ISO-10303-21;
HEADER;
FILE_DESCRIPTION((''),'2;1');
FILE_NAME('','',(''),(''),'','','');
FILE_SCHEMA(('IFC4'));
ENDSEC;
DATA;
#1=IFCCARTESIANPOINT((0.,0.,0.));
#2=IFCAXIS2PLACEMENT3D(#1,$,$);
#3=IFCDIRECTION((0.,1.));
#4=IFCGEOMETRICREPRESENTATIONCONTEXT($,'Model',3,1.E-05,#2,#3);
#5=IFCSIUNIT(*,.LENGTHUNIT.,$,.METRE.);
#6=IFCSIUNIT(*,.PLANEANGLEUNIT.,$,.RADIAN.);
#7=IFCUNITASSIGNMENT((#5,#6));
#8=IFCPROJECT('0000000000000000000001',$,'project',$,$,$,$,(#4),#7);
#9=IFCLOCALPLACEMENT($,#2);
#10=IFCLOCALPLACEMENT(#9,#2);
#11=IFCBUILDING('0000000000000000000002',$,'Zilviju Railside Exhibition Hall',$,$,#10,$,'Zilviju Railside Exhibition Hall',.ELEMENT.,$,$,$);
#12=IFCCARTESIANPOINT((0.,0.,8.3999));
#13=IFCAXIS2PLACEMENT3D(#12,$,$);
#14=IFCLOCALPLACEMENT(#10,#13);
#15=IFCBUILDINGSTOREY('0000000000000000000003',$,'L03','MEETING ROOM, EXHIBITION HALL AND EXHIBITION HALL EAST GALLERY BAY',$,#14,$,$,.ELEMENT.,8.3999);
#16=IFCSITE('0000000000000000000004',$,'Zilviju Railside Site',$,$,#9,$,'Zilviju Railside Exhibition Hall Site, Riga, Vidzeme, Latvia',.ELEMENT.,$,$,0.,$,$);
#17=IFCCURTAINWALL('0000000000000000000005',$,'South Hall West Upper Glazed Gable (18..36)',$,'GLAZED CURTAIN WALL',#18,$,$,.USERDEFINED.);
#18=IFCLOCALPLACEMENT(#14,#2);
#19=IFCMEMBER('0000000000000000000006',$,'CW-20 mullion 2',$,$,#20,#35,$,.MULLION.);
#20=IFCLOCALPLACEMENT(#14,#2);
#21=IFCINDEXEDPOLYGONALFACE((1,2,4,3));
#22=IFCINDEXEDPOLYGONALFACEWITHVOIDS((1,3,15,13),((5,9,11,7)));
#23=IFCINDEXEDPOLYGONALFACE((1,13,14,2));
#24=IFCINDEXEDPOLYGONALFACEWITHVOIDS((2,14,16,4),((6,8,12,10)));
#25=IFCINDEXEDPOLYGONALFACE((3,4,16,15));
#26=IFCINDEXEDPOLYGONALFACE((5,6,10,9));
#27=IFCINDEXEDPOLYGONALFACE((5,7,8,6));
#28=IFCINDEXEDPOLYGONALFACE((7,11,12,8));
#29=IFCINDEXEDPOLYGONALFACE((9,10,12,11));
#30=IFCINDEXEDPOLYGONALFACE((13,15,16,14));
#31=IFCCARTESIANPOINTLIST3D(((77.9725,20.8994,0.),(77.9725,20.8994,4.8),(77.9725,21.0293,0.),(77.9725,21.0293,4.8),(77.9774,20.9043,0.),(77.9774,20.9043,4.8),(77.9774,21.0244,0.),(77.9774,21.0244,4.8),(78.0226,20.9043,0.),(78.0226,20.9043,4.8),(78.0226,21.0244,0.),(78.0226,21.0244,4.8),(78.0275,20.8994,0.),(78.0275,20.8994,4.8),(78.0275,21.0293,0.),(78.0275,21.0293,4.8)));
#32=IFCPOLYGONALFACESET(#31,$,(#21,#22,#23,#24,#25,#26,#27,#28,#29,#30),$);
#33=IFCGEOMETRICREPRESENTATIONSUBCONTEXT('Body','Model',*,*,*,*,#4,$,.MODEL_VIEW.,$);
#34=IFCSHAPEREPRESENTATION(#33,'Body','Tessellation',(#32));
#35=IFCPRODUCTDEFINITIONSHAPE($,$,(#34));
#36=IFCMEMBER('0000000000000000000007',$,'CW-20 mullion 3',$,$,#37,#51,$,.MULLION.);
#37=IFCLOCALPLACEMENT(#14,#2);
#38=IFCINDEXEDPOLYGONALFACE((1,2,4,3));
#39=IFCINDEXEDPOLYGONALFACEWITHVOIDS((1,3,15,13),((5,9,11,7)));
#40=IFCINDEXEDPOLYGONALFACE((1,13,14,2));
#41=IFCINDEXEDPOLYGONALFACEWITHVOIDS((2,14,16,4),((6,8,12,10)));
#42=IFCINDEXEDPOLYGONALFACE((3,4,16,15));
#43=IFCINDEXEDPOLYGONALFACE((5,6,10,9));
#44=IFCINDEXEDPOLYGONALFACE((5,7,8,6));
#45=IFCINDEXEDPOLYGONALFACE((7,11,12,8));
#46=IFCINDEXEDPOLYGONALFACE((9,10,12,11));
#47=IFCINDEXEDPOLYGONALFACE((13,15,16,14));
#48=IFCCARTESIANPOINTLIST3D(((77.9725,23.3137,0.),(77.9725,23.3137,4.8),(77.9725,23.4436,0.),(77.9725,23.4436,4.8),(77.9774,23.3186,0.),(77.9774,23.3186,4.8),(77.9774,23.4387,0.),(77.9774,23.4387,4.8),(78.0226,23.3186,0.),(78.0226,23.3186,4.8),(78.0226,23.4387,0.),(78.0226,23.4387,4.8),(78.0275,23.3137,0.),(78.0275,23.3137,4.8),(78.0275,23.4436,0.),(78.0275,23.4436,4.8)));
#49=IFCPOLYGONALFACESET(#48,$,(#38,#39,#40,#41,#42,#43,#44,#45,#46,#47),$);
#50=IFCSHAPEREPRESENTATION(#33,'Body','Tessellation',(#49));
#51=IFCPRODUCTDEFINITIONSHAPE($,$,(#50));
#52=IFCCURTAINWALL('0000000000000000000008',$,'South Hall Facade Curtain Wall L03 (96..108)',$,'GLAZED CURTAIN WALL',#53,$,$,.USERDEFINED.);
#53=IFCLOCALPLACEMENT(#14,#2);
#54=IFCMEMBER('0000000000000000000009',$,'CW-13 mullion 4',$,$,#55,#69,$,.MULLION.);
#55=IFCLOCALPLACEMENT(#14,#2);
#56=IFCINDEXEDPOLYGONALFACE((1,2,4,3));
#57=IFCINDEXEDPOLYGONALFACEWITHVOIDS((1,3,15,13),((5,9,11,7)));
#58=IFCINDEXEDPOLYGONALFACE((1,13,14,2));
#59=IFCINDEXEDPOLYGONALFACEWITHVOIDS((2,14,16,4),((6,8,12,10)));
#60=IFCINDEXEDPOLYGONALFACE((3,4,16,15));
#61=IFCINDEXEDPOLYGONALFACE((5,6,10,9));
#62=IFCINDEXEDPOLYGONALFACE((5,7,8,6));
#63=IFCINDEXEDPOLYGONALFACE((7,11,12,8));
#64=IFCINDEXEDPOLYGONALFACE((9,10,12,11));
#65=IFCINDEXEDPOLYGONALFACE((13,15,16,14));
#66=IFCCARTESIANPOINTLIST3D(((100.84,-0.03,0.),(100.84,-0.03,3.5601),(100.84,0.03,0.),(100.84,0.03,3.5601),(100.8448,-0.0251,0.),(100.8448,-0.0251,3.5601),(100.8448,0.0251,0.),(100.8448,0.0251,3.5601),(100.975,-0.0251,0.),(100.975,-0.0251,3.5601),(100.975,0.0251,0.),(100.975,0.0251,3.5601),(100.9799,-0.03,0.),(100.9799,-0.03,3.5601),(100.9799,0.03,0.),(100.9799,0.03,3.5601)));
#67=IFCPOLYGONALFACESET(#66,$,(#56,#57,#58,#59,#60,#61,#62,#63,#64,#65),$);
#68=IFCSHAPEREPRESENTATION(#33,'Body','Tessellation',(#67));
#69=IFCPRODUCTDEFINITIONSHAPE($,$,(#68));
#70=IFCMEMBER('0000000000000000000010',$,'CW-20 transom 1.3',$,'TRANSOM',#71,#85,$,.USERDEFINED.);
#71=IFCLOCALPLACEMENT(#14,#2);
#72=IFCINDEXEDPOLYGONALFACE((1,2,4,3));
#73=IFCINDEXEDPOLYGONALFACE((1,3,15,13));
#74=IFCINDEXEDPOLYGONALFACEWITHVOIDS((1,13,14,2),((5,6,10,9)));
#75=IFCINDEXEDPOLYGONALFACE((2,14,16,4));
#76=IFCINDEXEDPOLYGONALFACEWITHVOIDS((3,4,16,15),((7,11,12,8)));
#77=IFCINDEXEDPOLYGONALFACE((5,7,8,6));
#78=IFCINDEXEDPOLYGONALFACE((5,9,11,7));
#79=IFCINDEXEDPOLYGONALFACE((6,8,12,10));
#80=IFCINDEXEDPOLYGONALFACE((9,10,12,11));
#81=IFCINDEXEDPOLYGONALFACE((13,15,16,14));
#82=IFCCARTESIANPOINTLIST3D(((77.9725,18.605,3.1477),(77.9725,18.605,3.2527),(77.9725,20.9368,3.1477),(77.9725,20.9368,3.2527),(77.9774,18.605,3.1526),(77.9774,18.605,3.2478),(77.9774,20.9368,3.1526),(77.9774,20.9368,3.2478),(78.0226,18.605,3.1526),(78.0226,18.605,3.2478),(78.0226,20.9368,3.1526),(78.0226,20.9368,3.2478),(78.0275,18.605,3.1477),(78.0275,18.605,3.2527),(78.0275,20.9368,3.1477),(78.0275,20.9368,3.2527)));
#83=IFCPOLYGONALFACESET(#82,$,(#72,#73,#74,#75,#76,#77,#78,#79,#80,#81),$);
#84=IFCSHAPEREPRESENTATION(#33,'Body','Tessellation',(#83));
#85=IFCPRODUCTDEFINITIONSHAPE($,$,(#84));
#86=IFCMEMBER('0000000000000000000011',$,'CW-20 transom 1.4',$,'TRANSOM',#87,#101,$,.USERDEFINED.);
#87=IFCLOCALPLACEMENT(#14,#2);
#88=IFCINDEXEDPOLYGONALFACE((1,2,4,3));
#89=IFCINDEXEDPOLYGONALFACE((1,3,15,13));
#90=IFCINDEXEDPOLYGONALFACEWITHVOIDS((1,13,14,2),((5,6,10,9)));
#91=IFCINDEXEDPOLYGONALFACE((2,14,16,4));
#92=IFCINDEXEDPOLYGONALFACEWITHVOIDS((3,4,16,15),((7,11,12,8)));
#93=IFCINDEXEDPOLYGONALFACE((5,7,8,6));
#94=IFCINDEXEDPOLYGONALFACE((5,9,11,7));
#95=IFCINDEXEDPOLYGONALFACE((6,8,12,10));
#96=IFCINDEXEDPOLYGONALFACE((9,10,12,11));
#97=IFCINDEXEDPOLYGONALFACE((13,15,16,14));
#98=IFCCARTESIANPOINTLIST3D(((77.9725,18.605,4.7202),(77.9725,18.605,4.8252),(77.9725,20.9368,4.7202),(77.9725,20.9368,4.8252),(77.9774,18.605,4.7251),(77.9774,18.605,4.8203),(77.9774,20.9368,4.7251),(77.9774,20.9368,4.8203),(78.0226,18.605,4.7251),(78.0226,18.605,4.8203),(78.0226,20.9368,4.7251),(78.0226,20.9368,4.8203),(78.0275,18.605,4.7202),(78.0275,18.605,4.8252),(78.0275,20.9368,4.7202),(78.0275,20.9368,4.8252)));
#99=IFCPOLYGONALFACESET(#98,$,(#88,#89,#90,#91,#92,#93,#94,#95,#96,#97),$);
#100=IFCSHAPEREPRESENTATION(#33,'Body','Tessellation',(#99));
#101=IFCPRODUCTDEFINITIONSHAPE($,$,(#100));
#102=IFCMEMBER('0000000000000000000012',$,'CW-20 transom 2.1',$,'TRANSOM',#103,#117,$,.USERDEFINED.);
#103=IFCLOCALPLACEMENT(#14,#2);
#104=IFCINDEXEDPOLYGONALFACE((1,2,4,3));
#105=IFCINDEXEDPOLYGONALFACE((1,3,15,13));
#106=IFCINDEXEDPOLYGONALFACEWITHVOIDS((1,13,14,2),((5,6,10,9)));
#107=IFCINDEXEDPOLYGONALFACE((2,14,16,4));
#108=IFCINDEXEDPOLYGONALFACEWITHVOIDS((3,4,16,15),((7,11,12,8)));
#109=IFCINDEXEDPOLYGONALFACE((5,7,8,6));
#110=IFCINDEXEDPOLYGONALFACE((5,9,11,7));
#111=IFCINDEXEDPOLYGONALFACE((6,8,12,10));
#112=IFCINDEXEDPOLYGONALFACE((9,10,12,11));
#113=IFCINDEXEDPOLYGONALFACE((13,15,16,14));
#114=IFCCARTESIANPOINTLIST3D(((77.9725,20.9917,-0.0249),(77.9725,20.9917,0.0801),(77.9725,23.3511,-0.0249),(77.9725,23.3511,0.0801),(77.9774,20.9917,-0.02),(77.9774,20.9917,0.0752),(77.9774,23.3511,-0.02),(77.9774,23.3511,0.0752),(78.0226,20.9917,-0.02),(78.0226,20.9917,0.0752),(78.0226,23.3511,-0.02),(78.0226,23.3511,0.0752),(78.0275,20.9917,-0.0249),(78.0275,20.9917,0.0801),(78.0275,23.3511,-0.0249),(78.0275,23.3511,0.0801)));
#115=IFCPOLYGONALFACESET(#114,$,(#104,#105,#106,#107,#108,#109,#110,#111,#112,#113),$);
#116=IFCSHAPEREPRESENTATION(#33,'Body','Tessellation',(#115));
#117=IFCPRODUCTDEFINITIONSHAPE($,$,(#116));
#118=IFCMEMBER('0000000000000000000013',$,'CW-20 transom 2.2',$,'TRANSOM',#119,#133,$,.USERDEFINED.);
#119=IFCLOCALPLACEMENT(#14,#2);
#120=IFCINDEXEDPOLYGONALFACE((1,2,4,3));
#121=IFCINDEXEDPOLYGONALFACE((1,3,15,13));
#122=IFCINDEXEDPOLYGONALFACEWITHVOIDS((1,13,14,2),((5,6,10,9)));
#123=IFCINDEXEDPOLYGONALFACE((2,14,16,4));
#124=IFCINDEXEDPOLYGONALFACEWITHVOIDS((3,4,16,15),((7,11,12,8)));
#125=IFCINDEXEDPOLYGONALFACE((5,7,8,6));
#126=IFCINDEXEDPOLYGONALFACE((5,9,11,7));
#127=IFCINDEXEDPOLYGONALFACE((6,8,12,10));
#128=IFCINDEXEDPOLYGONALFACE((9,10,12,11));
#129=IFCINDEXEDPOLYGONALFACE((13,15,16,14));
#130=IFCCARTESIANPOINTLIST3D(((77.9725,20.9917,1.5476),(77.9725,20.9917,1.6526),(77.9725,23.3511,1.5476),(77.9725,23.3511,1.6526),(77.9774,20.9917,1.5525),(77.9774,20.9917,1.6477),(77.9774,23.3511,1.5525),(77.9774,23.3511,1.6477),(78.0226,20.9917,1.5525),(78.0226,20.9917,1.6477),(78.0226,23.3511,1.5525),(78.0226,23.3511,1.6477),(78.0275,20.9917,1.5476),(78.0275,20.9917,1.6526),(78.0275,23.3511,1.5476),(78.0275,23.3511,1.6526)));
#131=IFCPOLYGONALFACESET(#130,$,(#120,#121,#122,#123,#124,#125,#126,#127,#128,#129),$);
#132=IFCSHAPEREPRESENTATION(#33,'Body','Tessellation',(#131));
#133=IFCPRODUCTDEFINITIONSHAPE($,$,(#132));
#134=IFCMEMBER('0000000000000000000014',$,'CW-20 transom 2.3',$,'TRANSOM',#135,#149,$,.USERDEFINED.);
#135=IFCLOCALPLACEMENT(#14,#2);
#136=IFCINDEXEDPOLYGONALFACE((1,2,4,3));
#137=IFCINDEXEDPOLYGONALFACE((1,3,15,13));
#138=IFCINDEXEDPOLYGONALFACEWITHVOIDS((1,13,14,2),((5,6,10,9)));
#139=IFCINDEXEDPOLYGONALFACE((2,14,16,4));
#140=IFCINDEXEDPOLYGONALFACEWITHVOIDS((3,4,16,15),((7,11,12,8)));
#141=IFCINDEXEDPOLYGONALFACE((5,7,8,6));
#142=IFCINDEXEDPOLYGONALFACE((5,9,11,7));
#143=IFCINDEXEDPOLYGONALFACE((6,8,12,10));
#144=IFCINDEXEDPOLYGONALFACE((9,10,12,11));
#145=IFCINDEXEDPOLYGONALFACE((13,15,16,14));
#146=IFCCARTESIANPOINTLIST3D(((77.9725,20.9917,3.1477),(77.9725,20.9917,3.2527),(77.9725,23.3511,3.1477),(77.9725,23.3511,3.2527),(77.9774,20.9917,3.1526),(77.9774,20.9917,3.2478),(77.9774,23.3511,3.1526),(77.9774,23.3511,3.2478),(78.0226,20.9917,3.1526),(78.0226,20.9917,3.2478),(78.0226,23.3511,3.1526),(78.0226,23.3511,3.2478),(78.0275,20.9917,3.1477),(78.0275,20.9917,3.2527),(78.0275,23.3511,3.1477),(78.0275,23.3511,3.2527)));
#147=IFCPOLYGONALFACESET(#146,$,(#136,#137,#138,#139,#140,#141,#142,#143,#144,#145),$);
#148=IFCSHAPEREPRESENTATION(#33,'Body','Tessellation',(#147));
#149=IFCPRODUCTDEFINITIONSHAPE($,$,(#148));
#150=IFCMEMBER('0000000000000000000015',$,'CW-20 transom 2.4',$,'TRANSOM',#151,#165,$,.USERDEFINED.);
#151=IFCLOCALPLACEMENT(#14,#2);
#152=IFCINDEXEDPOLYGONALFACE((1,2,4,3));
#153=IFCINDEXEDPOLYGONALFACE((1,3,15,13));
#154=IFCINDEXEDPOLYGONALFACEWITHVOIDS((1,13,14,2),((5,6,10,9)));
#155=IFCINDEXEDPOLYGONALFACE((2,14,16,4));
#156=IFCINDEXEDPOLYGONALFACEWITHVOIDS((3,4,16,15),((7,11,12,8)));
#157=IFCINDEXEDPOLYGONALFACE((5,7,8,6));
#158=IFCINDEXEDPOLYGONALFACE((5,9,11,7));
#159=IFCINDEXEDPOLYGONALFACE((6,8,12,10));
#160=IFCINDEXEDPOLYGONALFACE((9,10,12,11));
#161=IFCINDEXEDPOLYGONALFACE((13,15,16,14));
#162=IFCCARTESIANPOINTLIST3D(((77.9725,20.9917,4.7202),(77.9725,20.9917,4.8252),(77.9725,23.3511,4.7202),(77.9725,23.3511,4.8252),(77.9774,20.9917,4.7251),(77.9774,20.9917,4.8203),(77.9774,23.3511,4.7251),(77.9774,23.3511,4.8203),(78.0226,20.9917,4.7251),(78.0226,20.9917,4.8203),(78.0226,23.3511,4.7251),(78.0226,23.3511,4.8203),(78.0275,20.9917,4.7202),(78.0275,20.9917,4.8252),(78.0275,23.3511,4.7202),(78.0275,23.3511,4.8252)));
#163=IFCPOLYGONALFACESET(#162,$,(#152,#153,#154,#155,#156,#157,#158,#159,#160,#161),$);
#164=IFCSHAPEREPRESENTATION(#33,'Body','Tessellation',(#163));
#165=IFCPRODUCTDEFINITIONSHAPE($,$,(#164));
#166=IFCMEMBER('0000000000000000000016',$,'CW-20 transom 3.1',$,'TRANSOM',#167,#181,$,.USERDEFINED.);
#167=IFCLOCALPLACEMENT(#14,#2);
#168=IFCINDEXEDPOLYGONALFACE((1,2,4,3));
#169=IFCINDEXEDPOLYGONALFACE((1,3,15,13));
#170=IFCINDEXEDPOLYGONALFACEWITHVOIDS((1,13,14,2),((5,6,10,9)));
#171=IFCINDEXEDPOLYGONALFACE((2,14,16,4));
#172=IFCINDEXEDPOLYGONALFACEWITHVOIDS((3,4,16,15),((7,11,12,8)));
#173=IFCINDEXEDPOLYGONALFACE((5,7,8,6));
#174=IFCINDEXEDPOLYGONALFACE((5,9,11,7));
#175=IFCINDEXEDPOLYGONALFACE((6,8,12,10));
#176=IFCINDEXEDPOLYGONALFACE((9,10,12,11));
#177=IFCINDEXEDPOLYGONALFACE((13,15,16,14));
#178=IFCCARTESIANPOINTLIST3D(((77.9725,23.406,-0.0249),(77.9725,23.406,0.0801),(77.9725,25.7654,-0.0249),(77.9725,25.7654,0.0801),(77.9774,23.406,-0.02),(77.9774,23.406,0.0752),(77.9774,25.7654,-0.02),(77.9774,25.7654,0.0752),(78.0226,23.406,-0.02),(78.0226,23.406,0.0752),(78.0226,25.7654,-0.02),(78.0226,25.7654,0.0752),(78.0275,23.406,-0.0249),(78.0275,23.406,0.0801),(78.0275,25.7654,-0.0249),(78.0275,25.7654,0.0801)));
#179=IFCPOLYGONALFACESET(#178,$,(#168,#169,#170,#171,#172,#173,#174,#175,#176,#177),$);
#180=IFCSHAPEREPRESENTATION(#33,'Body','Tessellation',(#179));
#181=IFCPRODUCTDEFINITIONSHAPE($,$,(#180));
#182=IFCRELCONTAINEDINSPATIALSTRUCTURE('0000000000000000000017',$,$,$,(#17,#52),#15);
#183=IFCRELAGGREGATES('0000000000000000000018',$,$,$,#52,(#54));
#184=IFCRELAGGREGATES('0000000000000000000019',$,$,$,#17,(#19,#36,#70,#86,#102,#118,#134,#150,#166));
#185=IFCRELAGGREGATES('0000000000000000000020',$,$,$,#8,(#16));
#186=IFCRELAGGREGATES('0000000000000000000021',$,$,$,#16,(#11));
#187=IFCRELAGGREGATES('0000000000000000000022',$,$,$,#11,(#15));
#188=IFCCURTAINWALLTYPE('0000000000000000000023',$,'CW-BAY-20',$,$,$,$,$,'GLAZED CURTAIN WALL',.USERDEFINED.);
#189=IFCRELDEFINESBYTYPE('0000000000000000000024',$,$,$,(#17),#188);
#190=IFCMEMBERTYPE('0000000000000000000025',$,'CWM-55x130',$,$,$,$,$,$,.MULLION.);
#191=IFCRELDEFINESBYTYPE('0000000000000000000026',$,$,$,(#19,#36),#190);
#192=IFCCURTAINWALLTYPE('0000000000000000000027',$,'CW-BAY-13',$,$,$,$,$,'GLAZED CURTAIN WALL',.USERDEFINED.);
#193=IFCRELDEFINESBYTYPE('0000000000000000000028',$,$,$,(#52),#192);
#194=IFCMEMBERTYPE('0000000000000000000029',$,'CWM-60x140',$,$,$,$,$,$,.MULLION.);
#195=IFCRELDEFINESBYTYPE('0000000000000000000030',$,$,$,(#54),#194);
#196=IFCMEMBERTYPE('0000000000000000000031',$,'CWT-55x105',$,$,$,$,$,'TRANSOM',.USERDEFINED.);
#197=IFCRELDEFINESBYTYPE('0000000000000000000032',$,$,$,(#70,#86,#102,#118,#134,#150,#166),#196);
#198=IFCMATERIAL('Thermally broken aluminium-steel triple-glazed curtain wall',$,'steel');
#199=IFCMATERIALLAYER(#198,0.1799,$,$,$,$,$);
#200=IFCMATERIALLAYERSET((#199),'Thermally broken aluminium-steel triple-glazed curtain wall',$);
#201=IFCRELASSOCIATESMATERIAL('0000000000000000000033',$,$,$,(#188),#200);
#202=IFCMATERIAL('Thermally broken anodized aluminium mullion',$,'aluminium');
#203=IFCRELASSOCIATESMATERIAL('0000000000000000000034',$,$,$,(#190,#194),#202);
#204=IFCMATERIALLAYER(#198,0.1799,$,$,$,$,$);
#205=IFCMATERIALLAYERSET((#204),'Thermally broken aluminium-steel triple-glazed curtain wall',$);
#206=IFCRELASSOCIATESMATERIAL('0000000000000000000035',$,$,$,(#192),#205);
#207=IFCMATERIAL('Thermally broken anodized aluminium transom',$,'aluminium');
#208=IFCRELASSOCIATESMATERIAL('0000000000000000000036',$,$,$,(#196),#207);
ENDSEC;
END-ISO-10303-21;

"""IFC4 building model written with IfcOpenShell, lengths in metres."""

from ifc_helpers import new_model, si_unit, direction, frame, origin, origin_2d, place, context, subcontext, project, spatial, hollow_rectangle, extrude, material, layer, layer_set, material_profile, profile_set, type_object, element, aggregate, save


model = new_model("IFC4")

# Units and contexts
model_context = context("Model", 3, precision=1e-05, world=origin(), true_north=direction((0.0, 1.0)))
body_context = subcontext(model_context, "Body", "Model", "MODEL_VIEW")
ifc_project = project(units=[si_unit("LENGTHUNIT", "METRE"), si_unit("PLANEANGLEUNIT", "RADIAN")], contexts=[model_context])

# Site, building, storey
site_placement = place(None, origin())
site = spatial("IfcSite", under=ifc_project, at=site_placement, Name="Zilviju Railside Site", LongName="Zilviju Railside Exhibition Hall Site, Riga, Vidzeme, Latvia", CompositionType="ELEMENT", RefElevation=0.0)
building_placement = place(site_placement, origin())
building = spatial("IfcBuilding", under=site, at=building_placement, Name="Zilviju Railside Exhibition Hall", LongName="Zilviju Railside Exhibition Hall", CompositionType="ELEMENT")
storey_placement = place(building_placement, frame((0.0, 0.0, 8.3999)))
storey = spatial("IfcBuildingStorey", under=building, at=storey_placement, Name="L03", Description="MEETING ROOM, EXHIBITION HALL AND EXHIBITION HALL EAST GALLERY BAY", CompositionType="ELEMENT", Elevation=8.3999)

# Curtain wall, members
ifc_material_1 = material(Name="Thermally broken aluminium-steel triple-glazed curtain wall", Category="steel")
ifc_layer_1 = layer(ifc_material_1, 0.1799)
ifc_layer_set_1 = layer_set([ifc_layer_1], Name="Thermally broken aluminium-steel triple-glazed curtain wall")
curtain_wall_type_1 = type_object("IfcCurtainWallType", Name="CW-BAY-20", ElementType="GLAZED CURTAIN WALL", PredefinedType="USERDEFINED", material=ifc_layer_set_1)
curtain_wall_1_placement = place(storey_placement, origin())
curtain_wall_1 = element("IfcCurtainWall", 1, at=curtain_wall_1_placement, inside=storey, type_object=curtain_wall_type_1, Name="South Hall West Upper Glazed Gable (18..36)", ObjectType="GLAZED CURTAIN WALL", PredefinedType="USERDEFINED")
ifc_material_2 = material(Name="Thermally broken anodized aluminium mullion", Category="aluminium")
ifc_material_profile_1 = material_profile(ifc_material_2, hollow_rectangle(XDim=0.0549, YDim=0.1299, WallThickness=0.0049, at=origin_2d()), Name="MULLION 130x55x5")
ifc_profile_set_1 = profile_set([ifc_material_profile_1], Name="Thermally broken anodized aluminium mullion")
member_type_1 = type_object("IfcMemberType", Name="CWM-55x130", PredefinedType="MULLION", material=ifc_profile_set_1)
member_1_placement = place(storey_placement, frame((78.0, 20.9644, 0.0), z_axis=(0.0, 0.0, 1.0), x_axis=(-1.0, 0.0, 0.0)))
member_1 = element("IfcMember", 2, at=member_1_placement, type_object=member_type_1, Name="CW-20 mullion 2", PredefinedType="MULLION", context=body_context, shape_type="SweptSolid", body=[
    extrude(hollow_rectangle(XDim=0.0549, YDim=0.1299, WallThickness=0.0049, at=origin_2d()), origin(), (0.0, 0.0, 1.0), 4.8),
])
member_2_placement = place(storey_placement, frame((78.0, 23.3787, 0.0), z_axis=(0.0, 0.0, 1.0), x_axis=(-1.0, 0.0, 0.0)))
member_2 = element("IfcMember", 3, at=member_2_placement, type_object=member_type_1, Name="CW-20 mullion 3", PredefinedType="MULLION", context=body_context, shape_type="SweptSolid", body=[
    extrude(hollow_rectangle(XDim=0.0549, YDim=0.1299, WallThickness=0.0049, at=origin_2d()), origin(), (0.0, 0.0, 1.0), 4.8),
])

# Curtain wall, member
ifc_layer_2 = layer(ifc_material_1, 0.1799)
ifc_layer_set_2 = layer_set([ifc_layer_2], Name="Thermally broken aluminium-steel triple-glazed curtain wall")
curtain_wall_type_2 = type_object("IfcCurtainWallType", Name="CW-BAY-13", ElementType="GLAZED CURTAIN WALL", PredefinedType="USERDEFINED", material=ifc_layer_set_2)
curtain_wall_2_placement = place(storey_placement, origin())
curtain_wall_2 = element("IfcCurtainWall", 4, at=curtain_wall_2_placement, inside=storey, type_object=curtain_wall_type_2, Name="South Hall Facade Curtain Wall L03 (96..108)", ObjectType="GLAZED CURTAIN WALL", PredefinedType="USERDEFINED")
ifc_material_profile_2 = material_profile(ifc_material_2, hollow_rectangle(XDim=0.0601, YDim=0.1399, WallThickness=0.0049, at=origin_2d()), Name="MULLION 140x60x5")
ifc_profile_set_2 = profile_set([ifc_material_profile_2], Name="Thermally broken anodized aluminium mullion")
member_type_2 = type_object("IfcMemberType", Name="CWM-60x140", PredefinedType="MULLION", material=ifc_profile_set_2)
member_3_placement = place(storey_placement, frame((100.9099, 0.0, 0.0), z_axis=(0.0, 0.0, 1.0), x_axis=(0.0, -1.0, 0.0)))
member_3 = element("IfcMember", 5, at=member_3_placement, type_object=member_type_2, Name="CW-13 mullion 4", PredefinedType="MULLION", context=body_context, shape_type="SweptSolid", body=[
    extrude(hollow_rectangle(XDim=0.0601, YDim=0.1399, WallThickness=0.0049, at=origin_2d()), origin(), (0.0, 0.0, 1.0), 3.5601),
])

# Members
ifc_material_3 = material(Name="Thermally broken anodized aluminium transom", Category="aluminium")
ifc_material_profile_3 = material_profile(ifc_material_3, hollow_rectangle(XDim=0.0549, YDim=0.105, WallThickness=0.0049, at=origin_2d()), Name="TRANSOM 105x55x5")
ifc_profile_set_3 = profile_set([ifc_material_profile_3], Name="Thermally broken anodized aluminium transom")
member_type_3 = type_object("IfcMemberType", Name="CWT-55x105", ElementType="TRANSOM", PredefinedType="USERDEFINED", material=ifc_profile_set_3)
member_4_placement = place(storey_placement, frame((78.0, 18.605, 3.2002), z_axis=(0.0, 1.0, 0.0), x_axis=(-1.0, 0.0, 0.0)))
member_4 = element("IfcMember", 6, at=member_4_placement, type_object=member_type_3, Name="CW-20 transom 1.3", ObjectType="TRANSOM", PredefinedType="USERDEFINED", context=body_context, shape_type="SweptSolid", body=[
    extrude(hollow_rectangle(XDim=0.0549, YDim=0.105, WallThickness=0.0049, at=origin_2d()), origin(), (0.0, 0.0, 1.0), 2.3318),
])
member_5_placement = place(storey_placement, frame((78.0, 18.605, 4.7727), z_axis=(0.0, 1.0, 0.0), x_axis=(-1.0, 0.0, 0.0)))
member_5 = element("IfcMember", 7, at=member_5_placement, type_object=member_type_3, Name="CW-20 transom 1.4", ObjectType="TRANSOM", PredefinedType="USERDEFINED", context=body_context, shape_type="SweptSolid", body=[
    extrude(hollow_rectangle(XDim=0.0549, YDim=0.105, WallThickness=0.0049, at=origin_2d()), origin(), (0.0, 0.0, 1.0), 2.3318),
])
member_6_placement = place(storey_placement, frame((78.0, 20.9917, 0.0276), z_axis=(0.0, 1.0, 0.0), x_axis=(-1.0, 0.0, 0.0)))
member_6 = element("IfcMember", 8, at=member_6_placement, type_object=member_type_3, Name="CW-20 transom 2.1", ObjectType="TRANSOM", PredefinedType="USERDEFINED", context=body_context, shape_type="SweptSolid", body=[
    extrude(hollow_rectangle(XDim=0.0549, YDim=0.105, WallThickness=0.0049, at=origin_2d()), origin(), (0.0, 0.0, 1.0), 2.3594),
])
member_7_placement = place(storey_placement, frame((78.0, 20.9917, 1.6001), z_axis=(0.0, 1.0, 0.0), x_axis=(-1.0, 0.0, 0.0)))
member_7 = element("IfcMember", 9, at=member_7_placement, type_object=member_type_3, Name="CW-20 transom 2.2", ObjectType="TRANSOM", PredefinedType="USERDEFINED", context=body_context, shape_type="SweptSolid", body=[
    extrude(hollow_rectangle(XDim=0.0549, YDim=0.105, WallThickness=0.0049, at=origin_2d()), origin(), (0.0, 0.0, 1.0), 2.3594),
])
member_8_placement = place(storey_placement, frame((78.0, 20.9917, 3.2002), z_axis=(0.0, 1.0, 0.0), x_axis=(-1.0, 0.0, 0.0)))
member_8 = element("IfcMember", 10, at=member_8_placement, type_object=member_type_3, Name="CW-20 transom 2.3", ObjectType="TRANSOM", PredefinedType="USERDEFINED", context=body_context, shape_type="SweptSolid", body=[
    extrude(hollow_rectangle(XDim=0.0549, YDim=0.105, WallThickness=0.0049, at=origin_2d()), origin(), (0.0, 0.0, 1.0), 2.3594),
])
member_9_placement = place(storey_placement, frame((78.0, 20.9917, 4.7727), z_axis=(0.0, 1.0, 0.0), x_axis=(-1.0, 0.0, 0.0)))
member_9 = element("IfcMember", 11, at=member_9_placement, type_object=member_type_3, Name="CW-20 transom 2.4", ObjectType="TRANSOM", PredefinedType="USERDEFINED", context=body_context, shape_type="SweptSolid", body=[
    extrude(hollow_rectangle(XDim=0.0549, YDim=0.105, WallThickness=0.0049, at=origin_2d()), origin(), (0.0, 0.0, 1.0), 2.3594),
])
member_10_placement = place(storey_placement, frame((78.0, 23.406, 0.0276), z_axis=(0.0, 1.0, 0.0), x_axis=(-1.0, 0.0, 0.0)))
member_10 = element("IfcMember", 12, at=member_10_placement, type_object=member_type_3, Name="CW-20 transom 3.1", ObjectType="TRANSOM", PredefinedType="USERDEFINED", context=body_context, shape_type="SweptSolid", body=[
    extrude(hollow_rectangle(XDim=0.0549, YDim=0.105, WallThickness=0.0049, at=origin_2d()), origin(), (0.0, 0.0, 1.0), 2.3594),
])

aggregate(curtain_wall_2, [member_3])
aggregate(curtain_wall_1, [member_1, member_2, member_4, member_5, member_6, member_7, member_8, member_9, member_10])

save(model, "model.ifc")
